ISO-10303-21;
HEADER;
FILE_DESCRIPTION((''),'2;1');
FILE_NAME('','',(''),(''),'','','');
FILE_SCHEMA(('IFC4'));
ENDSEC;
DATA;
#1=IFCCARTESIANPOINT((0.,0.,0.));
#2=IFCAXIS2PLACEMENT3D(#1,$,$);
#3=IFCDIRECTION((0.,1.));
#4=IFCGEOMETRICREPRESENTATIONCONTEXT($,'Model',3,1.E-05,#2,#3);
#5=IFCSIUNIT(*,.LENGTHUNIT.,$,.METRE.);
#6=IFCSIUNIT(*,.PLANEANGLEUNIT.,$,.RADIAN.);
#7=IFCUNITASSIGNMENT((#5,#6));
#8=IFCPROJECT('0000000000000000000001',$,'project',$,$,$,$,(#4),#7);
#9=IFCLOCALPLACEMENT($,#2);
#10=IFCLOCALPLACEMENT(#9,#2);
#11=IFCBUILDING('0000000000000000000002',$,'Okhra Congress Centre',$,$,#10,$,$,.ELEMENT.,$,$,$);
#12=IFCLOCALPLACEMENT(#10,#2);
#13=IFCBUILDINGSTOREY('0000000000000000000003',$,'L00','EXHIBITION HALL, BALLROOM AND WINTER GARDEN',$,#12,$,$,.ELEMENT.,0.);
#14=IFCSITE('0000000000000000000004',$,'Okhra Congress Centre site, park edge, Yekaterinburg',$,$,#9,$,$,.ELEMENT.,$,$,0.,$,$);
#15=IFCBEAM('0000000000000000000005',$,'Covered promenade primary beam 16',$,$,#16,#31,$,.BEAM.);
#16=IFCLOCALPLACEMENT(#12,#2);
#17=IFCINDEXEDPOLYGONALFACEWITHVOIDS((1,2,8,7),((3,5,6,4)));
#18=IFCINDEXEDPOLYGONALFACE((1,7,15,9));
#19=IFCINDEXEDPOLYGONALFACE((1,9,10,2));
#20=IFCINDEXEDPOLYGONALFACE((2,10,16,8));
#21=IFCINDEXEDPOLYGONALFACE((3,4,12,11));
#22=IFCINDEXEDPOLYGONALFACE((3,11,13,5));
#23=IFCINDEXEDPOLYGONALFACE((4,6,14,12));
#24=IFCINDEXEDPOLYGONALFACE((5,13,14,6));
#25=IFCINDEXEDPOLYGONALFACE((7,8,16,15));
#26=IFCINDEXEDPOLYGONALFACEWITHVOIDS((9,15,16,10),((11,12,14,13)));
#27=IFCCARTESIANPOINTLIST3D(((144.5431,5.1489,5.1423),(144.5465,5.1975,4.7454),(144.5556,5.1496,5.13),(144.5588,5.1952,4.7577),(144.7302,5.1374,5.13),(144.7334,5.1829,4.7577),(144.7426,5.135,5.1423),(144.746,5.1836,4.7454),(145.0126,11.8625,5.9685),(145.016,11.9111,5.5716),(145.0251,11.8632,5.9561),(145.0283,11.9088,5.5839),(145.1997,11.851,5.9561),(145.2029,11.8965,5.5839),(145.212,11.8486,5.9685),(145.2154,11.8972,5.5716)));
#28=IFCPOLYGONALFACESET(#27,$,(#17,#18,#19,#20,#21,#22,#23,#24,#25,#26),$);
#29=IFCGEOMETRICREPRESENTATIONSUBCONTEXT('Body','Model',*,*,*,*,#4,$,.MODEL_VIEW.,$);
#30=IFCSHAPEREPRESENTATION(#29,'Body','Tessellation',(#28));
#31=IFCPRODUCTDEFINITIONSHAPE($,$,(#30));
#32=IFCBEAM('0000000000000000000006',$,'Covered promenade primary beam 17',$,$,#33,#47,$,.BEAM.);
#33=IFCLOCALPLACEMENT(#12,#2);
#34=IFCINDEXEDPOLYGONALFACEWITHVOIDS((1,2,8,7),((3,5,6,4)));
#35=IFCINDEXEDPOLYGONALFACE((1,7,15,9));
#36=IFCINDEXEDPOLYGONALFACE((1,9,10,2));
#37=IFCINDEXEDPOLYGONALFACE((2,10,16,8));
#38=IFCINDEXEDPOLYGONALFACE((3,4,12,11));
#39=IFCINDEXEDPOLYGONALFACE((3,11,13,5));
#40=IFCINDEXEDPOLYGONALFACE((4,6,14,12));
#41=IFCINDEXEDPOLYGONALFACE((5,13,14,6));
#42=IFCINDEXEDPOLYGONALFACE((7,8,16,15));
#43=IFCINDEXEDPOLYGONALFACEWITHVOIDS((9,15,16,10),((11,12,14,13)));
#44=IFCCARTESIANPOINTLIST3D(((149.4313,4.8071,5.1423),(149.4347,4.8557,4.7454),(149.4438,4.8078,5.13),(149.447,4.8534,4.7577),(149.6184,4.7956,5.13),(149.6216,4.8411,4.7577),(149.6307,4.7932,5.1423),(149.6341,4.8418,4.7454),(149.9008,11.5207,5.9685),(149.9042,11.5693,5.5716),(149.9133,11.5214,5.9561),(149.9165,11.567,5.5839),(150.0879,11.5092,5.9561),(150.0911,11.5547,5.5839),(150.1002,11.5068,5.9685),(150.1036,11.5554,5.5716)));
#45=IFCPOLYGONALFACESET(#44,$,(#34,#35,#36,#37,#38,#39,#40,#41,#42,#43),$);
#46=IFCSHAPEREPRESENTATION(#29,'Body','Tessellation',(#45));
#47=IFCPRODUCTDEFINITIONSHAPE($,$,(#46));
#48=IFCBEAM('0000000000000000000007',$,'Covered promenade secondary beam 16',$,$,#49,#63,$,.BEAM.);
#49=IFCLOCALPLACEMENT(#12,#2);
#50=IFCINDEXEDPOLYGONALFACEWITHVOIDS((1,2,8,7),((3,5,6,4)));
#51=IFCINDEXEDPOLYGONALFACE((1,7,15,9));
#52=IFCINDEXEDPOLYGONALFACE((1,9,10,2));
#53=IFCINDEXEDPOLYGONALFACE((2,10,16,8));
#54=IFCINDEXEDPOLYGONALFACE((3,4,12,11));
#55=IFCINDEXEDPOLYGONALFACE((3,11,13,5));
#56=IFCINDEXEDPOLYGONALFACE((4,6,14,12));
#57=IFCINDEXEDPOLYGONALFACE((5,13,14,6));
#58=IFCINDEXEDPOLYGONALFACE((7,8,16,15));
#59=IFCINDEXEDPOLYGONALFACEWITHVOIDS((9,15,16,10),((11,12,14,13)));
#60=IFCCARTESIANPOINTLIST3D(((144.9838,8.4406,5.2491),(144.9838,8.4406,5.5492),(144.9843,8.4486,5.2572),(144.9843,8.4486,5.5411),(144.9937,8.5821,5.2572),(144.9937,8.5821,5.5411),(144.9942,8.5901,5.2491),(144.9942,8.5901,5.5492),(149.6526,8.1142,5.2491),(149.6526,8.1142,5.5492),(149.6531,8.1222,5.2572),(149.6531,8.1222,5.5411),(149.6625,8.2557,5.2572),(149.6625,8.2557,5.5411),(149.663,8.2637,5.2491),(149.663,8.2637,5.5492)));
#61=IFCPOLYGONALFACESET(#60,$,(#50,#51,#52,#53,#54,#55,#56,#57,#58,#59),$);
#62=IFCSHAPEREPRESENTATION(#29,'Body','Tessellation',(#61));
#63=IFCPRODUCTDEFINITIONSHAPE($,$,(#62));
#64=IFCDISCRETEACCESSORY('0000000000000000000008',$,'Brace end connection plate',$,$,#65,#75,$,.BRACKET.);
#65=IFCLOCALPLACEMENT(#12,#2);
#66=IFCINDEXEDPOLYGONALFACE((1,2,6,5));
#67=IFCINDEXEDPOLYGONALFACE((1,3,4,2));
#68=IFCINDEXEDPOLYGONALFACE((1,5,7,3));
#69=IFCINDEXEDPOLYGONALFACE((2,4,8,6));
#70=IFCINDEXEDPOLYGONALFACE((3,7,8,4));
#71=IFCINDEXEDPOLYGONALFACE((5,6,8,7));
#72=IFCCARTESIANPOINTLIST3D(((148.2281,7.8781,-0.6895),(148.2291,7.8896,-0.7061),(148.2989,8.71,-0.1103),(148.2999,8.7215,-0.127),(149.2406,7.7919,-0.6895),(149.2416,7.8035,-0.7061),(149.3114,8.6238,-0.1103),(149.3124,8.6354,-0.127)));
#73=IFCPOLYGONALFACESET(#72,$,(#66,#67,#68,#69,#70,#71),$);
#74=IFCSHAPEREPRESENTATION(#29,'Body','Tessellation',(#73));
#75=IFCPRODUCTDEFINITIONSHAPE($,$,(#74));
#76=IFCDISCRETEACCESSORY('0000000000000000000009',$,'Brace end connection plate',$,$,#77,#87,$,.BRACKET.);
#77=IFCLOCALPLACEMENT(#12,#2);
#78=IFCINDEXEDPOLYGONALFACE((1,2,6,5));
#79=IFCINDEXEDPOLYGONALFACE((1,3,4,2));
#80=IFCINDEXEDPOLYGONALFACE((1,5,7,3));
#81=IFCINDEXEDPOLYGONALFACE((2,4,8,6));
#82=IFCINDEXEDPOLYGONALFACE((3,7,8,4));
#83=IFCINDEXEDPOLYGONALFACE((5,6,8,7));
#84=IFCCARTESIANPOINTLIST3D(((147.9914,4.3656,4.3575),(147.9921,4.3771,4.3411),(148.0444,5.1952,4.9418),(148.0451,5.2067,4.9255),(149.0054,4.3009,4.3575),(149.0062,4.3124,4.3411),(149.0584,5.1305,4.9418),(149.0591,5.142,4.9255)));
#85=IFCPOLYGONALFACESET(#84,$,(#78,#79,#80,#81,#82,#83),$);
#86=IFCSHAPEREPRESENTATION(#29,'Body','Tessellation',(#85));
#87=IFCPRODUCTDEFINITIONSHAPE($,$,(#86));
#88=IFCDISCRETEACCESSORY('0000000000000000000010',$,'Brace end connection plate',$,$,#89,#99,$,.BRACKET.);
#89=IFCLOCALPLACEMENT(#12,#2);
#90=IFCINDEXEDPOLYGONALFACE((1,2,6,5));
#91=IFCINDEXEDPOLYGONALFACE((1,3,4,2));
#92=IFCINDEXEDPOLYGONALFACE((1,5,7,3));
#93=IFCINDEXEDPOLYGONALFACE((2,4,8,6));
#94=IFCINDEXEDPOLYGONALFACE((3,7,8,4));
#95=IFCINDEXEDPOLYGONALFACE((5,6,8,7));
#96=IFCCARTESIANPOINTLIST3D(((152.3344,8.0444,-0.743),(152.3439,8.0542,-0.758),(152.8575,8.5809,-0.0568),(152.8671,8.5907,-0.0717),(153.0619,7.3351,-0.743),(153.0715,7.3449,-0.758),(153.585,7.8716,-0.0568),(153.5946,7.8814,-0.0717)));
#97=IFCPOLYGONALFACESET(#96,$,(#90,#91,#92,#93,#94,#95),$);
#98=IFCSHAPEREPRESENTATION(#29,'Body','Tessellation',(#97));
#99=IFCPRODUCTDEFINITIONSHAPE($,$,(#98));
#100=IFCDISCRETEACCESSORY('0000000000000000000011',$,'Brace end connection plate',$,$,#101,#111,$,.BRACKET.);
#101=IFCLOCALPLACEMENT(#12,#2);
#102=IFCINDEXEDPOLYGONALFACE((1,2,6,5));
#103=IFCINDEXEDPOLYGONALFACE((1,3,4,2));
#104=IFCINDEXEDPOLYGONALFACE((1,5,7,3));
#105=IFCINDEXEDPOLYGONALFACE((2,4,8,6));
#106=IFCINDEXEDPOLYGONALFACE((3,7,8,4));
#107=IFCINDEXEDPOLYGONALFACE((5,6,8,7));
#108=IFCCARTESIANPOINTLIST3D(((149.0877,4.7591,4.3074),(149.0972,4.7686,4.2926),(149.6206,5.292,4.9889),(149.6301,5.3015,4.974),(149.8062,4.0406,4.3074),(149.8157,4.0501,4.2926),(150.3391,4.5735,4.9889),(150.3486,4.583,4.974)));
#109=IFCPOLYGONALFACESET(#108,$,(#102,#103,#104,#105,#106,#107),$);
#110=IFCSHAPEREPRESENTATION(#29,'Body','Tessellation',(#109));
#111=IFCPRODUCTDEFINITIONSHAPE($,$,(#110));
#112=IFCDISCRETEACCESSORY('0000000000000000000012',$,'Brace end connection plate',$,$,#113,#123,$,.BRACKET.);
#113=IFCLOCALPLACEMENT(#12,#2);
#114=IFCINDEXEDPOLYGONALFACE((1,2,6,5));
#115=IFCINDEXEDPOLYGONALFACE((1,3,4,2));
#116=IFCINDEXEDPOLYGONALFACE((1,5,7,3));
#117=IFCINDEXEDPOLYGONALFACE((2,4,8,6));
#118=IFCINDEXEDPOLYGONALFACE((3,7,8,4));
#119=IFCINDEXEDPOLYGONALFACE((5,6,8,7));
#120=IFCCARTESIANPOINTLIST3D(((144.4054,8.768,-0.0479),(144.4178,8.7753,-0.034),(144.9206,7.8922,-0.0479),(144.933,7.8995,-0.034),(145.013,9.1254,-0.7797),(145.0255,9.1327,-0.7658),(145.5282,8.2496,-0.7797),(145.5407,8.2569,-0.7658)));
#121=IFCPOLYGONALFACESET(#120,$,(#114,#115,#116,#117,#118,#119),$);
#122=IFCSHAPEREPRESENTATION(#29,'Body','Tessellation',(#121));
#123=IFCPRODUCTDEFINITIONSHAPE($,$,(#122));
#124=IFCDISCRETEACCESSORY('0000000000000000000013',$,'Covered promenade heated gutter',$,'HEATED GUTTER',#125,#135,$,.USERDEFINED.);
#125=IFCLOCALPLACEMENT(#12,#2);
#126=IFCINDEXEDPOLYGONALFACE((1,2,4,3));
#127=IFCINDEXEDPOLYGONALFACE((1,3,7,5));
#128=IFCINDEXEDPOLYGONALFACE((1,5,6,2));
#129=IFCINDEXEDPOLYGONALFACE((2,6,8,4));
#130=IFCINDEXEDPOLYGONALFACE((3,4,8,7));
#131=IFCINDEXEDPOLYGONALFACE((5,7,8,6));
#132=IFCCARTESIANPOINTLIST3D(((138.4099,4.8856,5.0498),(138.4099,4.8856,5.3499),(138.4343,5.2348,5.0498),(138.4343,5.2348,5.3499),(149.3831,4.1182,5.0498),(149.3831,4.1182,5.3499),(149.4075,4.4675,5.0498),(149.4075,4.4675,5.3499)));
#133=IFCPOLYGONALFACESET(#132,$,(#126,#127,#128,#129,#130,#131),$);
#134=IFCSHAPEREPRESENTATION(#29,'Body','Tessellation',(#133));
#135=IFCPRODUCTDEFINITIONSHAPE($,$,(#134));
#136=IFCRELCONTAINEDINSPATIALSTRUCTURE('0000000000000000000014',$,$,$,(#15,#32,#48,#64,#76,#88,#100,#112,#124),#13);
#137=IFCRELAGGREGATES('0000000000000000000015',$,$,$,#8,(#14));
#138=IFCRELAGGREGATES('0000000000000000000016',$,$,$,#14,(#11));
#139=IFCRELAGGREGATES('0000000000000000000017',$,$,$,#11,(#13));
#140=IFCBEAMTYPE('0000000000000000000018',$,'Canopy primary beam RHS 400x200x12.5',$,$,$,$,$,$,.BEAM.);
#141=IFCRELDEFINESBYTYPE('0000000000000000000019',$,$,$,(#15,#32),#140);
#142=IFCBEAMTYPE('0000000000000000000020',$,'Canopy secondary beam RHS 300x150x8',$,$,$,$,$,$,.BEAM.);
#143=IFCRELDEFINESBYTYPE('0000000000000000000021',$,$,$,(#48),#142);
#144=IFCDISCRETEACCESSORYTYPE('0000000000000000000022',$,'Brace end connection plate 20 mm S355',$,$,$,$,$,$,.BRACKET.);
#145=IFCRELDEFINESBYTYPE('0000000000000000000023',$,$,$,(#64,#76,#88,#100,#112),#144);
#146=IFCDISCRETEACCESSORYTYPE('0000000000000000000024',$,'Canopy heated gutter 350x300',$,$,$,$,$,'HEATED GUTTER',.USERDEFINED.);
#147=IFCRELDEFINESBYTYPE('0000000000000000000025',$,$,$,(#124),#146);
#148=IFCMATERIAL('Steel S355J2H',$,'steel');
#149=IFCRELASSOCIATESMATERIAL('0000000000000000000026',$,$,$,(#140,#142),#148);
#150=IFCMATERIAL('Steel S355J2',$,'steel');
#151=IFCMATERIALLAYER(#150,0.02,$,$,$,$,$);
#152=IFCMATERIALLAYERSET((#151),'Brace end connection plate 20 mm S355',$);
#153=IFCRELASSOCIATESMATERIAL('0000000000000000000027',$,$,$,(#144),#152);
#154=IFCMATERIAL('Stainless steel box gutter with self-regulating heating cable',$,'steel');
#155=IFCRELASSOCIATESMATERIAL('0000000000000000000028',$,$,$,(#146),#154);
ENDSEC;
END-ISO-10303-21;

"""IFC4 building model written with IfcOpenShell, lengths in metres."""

from ifc_helpers import new_model, si_unit, direction, frame, origin, origin_2d, place, context, subcontext, project, spatial, rectangle, hollow_rectangle, extrude, material, layer, layer_set, material_profile, profile_set, type_object, element, save


model = new_model("IFC4")

# Units and contexts
model_context = context("Model", 3, precision=1e-05, world=origin(), true_north=direction((0.0, 1.0)))
body_context = subcontext(model_context, "Body", "Model", "MODEL_VIEW")
ifc_project = project(units=[si_unit("LENGTHUNIT", "METRE"), si_unit("PLANEANGLEUNIT", "RADIAN")], contexts=[model_context])

# Site, building, storey
site_placement = place(None, origin())
site = spatial("IfcSite", under=ifc_project, at=site_placement, Name="Okhra Congress Centre site, park edge, Yekaterinburg", CompositionType="ELEMENT", RefElevation=0.0)
building_placement = place(site_placement, origin())
building = spatial("IfcBuilding", under=site, at=building_placement, Name="Okhra Congress Centre", CompositionType="ELEMENT")
storey_placement = place(building_placement, origin())
storey = spatial("IfcBuildingStorey", under=building, at=storey_placement, Name="L00", Description="EXHIBITION HALL, BALLROOM AND WINTER GARDEN", CompositionType="ELEMENT", Elevation=0.0)

# Shared definitions
ifc_material_1 = material(Name="Steel S355J2H", Category="steel")

# Beams
ifc_material_profile_1 = material_profile(ifc_material_1, hollow_rectangle(XDim=0.2, YDim=0.3999, WallThickness=0.0125, at=origin_2d()), Name="RHS 400x200x12.5")
ifc_profile_set_1 = profile_set([ifc_material_profile_1], Name="Steel S355J2H")
beam_type_1 = type_object("IfcBeamType", Name="Canopy primary beam RHS 400x200x12.5", PredefinedType="BEAM", material=ifc_profile_set_1)
for number, where, z_axis, x_axis, name in (
    (1, (144.6445, 5.1663, 4.9438), (0.06924, 0.990131, 0.121845), (-0.997564, 0.069759, 0.0), "Covered promenade primary beam 16"),
    (2, (149.5327, 4.8245, 4.9438), (0.06924, 0.990131, 0.121845), (-0.997564, 0.069759, 0.0), "Covered promenade primary beam 17"),
):
    element("IfcBeam", number, at=place(storey_placement, frame(where, z_axis=z_axis, x_axis=x_axis)), inside=storey, type_object=beam_type_1, Name=name, PredefinedType="BEAM", context=body_context, shape_type="SweptSolid", body=[
        extrude(hollow_rectangle(XDim=0.2, YDim=0.3999, WallThickness=0.0125, at=origin_2d()), origin(), (0.0, 0.0, 1.0), 6.7805),
    ])
ifc_material_profile_2 = material_profile(ifc_material_1, hollow_rectangle(XDim=0.1499, YDim=0.3, WallThickness=0.0081, at=origin_2d()), Name="RHS 300x150x8")
ifc_profile_set_2 = profile_set([ifc_material_profile_2], Name="Steel S355J2H")
beam_type_2 = type_object("IfcBeamType", Name="Canopy secondary beam RHS 300x150x8", PredefinedType="BEAM", material=ifc_profile_set_2)
beam_placement = place(storey_placement, frame((144.989, 8.5154, 5.3992), z_axis=(0.997565, -0.069746, 0.0), x_axis=(0.069746, 0.997565, 0.0)))
element("IfcBeam", 3, at=beam_placement, inside=storey, type_object=beam_type_2, Name="Covered promenade secondary beam 16", PredefinedType="BEAM", context=body_context, shape_type="SweptSolid", body=[
    extrude(hollow_rectangle(XDim=0.1499, YDim=0.3, WallThickness=0.0081, at=origin_2d()), origin(), (0.0, 0.0, 1.0), 4.6802),
])

# Discrete accessories
ifc_material_2 = material(Name="Steel S355J2", Category="steel")
ifc_layer = layer(ifc_material_2, 0.02)
ifc_layer_set = layer_set([ifc_layer], Name="Brace end connection plate 20 mm S355")
discrete_accessory_type_1 = type_object("IfcDiscreteAccessoryType", Name="Brace end connection plate 20 mm S355", PredefinedType="BRACKET", material=ifc_layer_set)
discrete_accessory_1_placement = place(storey_placement, frame((148.7698, 8.251, -0.3999), z_axis=(0.048333, 0.567916, -0.821666), x_axis=(-0.996398, 0.0848, 0.0)))
element("IfcDiscreteAccessory", 4, at=discrete_accessory_1_placement, inside=storey, type_object=discrete_accessory_type_1, Name="Brace end connection plate", PredefinedType="BRACKET", context=body_context, shape_type="SweptSolid", body=[
    extrude(rectangle(XDim=1.0161, YDim=1.0161, at=origin_2d()), origin(), (0.0, 0.0, 1.0), 0.0203),
])
discrete_accessory_2_placement = place(storey_placement, frame((148.5256, 4.7595, 4.6333), z_axis=(-0.036632, -0.573897, 0.818108), x_axis=(0.997969, -0.0637, 0.0)))
element("IfcDiscreteAccessory", 5, at=discrete_accessory_2_placement, inside=storey, type_object=discrete_accessory_type_1, Name="Brace end connection plate", PredefinedType="BRACKET", context=body_context, shape_type="SweptSolid", body=[
    extrude(rectangle(XDim=1.0161, YDim=1.0161, at=origin_2d()), origin(), (0.0, 0.0, 1.0), 0.02),
])
discrete_accessory_3_placement = place(storey_placement, frame((152.9597, 7.958, -0.3999), z_axis=(0.471491, 0.48358, -0.73746), x_axis=(-0.716, 0.6981, 0.0)))
element("IfcDiscreteAccessory", 6, at=discrete_accessory_3_placement, inside=storey, type_object=discrete_accessory_type_1, Name="Brace end connection plate", PredefinedType="BRACKET", context=body_context, shape_type="SweptSolid", body=[
    extrude(rectangle(XDim=1.0161, YDim=1.0161, at=origin_2d()), origin(), (0.0, 0.0, 1.0), 0.0203),
])
for number, where, z_axis, x_axis, name in (
    (7, (149.7229, 4.6758, 4.6333), (-0.474236, -0.474236, 0.741754), (0.707107, -0.707107, 0.0), "Brace end connection plate"),
    (8, (144.9792, 8.5161, -0.3999), (-0.620752, -0.365148, -0.693782), (0.50702, -0.861934, 0.0), "Brace end connection plate"),
):
    element("IfcDiscreteAccessory", number, at=place(storey_placement, frame(where, z_axis=z_axis, x_axis=x_axis)), inside=storey, type_object=discrete_accessory_type_1, Name=name, PredefinedType="BRACKET", context=body_context, shape_type="SweptSolid", body=[
        extrude(rectangle(XDim=1.0161, YDim=1.0161, at=origin_2d()), origin(), (0.0, 0.0, 1.0), 0.02),
    ])
ifc_material_3 = material(Name="Stainless steel box gutter with self-regulating heating cable", Category="steel")
discrete_accessory_type_2 = type_object("IfcDiscreteAccessoryType", Name="Canopy heated gutter 350x300", ElementType="HEATED GUTTER", PredefinedType="USERDEFINED", material=ifc_material_3)
discrete_accessory_4_placement = place(storey_placement, frame((143.9087, 4.6765, 5.0498), z_axis=(0.0, 0.0, 1.0), x_axis=(0.997564, -0.069756, 0.0)))
element("IfcDiscreteAccessory", 9, at=discrete_accessory_4_placement, inside=storey, type_object=discrete_accessory_type_2, Name="Covered promenade heated gutter", ObjectType="HEATED GUTTER", PredefinedType="USERDEFINED", context=body_context, shape_type="SweptSolid", body=[
    extrude(rectangle(XDim=11.0, YDim=0.3501, at=origin_2d()), origin(), (0.0, 0.0, 1.0), 0.3),
])

save(model, "model.ifc")
